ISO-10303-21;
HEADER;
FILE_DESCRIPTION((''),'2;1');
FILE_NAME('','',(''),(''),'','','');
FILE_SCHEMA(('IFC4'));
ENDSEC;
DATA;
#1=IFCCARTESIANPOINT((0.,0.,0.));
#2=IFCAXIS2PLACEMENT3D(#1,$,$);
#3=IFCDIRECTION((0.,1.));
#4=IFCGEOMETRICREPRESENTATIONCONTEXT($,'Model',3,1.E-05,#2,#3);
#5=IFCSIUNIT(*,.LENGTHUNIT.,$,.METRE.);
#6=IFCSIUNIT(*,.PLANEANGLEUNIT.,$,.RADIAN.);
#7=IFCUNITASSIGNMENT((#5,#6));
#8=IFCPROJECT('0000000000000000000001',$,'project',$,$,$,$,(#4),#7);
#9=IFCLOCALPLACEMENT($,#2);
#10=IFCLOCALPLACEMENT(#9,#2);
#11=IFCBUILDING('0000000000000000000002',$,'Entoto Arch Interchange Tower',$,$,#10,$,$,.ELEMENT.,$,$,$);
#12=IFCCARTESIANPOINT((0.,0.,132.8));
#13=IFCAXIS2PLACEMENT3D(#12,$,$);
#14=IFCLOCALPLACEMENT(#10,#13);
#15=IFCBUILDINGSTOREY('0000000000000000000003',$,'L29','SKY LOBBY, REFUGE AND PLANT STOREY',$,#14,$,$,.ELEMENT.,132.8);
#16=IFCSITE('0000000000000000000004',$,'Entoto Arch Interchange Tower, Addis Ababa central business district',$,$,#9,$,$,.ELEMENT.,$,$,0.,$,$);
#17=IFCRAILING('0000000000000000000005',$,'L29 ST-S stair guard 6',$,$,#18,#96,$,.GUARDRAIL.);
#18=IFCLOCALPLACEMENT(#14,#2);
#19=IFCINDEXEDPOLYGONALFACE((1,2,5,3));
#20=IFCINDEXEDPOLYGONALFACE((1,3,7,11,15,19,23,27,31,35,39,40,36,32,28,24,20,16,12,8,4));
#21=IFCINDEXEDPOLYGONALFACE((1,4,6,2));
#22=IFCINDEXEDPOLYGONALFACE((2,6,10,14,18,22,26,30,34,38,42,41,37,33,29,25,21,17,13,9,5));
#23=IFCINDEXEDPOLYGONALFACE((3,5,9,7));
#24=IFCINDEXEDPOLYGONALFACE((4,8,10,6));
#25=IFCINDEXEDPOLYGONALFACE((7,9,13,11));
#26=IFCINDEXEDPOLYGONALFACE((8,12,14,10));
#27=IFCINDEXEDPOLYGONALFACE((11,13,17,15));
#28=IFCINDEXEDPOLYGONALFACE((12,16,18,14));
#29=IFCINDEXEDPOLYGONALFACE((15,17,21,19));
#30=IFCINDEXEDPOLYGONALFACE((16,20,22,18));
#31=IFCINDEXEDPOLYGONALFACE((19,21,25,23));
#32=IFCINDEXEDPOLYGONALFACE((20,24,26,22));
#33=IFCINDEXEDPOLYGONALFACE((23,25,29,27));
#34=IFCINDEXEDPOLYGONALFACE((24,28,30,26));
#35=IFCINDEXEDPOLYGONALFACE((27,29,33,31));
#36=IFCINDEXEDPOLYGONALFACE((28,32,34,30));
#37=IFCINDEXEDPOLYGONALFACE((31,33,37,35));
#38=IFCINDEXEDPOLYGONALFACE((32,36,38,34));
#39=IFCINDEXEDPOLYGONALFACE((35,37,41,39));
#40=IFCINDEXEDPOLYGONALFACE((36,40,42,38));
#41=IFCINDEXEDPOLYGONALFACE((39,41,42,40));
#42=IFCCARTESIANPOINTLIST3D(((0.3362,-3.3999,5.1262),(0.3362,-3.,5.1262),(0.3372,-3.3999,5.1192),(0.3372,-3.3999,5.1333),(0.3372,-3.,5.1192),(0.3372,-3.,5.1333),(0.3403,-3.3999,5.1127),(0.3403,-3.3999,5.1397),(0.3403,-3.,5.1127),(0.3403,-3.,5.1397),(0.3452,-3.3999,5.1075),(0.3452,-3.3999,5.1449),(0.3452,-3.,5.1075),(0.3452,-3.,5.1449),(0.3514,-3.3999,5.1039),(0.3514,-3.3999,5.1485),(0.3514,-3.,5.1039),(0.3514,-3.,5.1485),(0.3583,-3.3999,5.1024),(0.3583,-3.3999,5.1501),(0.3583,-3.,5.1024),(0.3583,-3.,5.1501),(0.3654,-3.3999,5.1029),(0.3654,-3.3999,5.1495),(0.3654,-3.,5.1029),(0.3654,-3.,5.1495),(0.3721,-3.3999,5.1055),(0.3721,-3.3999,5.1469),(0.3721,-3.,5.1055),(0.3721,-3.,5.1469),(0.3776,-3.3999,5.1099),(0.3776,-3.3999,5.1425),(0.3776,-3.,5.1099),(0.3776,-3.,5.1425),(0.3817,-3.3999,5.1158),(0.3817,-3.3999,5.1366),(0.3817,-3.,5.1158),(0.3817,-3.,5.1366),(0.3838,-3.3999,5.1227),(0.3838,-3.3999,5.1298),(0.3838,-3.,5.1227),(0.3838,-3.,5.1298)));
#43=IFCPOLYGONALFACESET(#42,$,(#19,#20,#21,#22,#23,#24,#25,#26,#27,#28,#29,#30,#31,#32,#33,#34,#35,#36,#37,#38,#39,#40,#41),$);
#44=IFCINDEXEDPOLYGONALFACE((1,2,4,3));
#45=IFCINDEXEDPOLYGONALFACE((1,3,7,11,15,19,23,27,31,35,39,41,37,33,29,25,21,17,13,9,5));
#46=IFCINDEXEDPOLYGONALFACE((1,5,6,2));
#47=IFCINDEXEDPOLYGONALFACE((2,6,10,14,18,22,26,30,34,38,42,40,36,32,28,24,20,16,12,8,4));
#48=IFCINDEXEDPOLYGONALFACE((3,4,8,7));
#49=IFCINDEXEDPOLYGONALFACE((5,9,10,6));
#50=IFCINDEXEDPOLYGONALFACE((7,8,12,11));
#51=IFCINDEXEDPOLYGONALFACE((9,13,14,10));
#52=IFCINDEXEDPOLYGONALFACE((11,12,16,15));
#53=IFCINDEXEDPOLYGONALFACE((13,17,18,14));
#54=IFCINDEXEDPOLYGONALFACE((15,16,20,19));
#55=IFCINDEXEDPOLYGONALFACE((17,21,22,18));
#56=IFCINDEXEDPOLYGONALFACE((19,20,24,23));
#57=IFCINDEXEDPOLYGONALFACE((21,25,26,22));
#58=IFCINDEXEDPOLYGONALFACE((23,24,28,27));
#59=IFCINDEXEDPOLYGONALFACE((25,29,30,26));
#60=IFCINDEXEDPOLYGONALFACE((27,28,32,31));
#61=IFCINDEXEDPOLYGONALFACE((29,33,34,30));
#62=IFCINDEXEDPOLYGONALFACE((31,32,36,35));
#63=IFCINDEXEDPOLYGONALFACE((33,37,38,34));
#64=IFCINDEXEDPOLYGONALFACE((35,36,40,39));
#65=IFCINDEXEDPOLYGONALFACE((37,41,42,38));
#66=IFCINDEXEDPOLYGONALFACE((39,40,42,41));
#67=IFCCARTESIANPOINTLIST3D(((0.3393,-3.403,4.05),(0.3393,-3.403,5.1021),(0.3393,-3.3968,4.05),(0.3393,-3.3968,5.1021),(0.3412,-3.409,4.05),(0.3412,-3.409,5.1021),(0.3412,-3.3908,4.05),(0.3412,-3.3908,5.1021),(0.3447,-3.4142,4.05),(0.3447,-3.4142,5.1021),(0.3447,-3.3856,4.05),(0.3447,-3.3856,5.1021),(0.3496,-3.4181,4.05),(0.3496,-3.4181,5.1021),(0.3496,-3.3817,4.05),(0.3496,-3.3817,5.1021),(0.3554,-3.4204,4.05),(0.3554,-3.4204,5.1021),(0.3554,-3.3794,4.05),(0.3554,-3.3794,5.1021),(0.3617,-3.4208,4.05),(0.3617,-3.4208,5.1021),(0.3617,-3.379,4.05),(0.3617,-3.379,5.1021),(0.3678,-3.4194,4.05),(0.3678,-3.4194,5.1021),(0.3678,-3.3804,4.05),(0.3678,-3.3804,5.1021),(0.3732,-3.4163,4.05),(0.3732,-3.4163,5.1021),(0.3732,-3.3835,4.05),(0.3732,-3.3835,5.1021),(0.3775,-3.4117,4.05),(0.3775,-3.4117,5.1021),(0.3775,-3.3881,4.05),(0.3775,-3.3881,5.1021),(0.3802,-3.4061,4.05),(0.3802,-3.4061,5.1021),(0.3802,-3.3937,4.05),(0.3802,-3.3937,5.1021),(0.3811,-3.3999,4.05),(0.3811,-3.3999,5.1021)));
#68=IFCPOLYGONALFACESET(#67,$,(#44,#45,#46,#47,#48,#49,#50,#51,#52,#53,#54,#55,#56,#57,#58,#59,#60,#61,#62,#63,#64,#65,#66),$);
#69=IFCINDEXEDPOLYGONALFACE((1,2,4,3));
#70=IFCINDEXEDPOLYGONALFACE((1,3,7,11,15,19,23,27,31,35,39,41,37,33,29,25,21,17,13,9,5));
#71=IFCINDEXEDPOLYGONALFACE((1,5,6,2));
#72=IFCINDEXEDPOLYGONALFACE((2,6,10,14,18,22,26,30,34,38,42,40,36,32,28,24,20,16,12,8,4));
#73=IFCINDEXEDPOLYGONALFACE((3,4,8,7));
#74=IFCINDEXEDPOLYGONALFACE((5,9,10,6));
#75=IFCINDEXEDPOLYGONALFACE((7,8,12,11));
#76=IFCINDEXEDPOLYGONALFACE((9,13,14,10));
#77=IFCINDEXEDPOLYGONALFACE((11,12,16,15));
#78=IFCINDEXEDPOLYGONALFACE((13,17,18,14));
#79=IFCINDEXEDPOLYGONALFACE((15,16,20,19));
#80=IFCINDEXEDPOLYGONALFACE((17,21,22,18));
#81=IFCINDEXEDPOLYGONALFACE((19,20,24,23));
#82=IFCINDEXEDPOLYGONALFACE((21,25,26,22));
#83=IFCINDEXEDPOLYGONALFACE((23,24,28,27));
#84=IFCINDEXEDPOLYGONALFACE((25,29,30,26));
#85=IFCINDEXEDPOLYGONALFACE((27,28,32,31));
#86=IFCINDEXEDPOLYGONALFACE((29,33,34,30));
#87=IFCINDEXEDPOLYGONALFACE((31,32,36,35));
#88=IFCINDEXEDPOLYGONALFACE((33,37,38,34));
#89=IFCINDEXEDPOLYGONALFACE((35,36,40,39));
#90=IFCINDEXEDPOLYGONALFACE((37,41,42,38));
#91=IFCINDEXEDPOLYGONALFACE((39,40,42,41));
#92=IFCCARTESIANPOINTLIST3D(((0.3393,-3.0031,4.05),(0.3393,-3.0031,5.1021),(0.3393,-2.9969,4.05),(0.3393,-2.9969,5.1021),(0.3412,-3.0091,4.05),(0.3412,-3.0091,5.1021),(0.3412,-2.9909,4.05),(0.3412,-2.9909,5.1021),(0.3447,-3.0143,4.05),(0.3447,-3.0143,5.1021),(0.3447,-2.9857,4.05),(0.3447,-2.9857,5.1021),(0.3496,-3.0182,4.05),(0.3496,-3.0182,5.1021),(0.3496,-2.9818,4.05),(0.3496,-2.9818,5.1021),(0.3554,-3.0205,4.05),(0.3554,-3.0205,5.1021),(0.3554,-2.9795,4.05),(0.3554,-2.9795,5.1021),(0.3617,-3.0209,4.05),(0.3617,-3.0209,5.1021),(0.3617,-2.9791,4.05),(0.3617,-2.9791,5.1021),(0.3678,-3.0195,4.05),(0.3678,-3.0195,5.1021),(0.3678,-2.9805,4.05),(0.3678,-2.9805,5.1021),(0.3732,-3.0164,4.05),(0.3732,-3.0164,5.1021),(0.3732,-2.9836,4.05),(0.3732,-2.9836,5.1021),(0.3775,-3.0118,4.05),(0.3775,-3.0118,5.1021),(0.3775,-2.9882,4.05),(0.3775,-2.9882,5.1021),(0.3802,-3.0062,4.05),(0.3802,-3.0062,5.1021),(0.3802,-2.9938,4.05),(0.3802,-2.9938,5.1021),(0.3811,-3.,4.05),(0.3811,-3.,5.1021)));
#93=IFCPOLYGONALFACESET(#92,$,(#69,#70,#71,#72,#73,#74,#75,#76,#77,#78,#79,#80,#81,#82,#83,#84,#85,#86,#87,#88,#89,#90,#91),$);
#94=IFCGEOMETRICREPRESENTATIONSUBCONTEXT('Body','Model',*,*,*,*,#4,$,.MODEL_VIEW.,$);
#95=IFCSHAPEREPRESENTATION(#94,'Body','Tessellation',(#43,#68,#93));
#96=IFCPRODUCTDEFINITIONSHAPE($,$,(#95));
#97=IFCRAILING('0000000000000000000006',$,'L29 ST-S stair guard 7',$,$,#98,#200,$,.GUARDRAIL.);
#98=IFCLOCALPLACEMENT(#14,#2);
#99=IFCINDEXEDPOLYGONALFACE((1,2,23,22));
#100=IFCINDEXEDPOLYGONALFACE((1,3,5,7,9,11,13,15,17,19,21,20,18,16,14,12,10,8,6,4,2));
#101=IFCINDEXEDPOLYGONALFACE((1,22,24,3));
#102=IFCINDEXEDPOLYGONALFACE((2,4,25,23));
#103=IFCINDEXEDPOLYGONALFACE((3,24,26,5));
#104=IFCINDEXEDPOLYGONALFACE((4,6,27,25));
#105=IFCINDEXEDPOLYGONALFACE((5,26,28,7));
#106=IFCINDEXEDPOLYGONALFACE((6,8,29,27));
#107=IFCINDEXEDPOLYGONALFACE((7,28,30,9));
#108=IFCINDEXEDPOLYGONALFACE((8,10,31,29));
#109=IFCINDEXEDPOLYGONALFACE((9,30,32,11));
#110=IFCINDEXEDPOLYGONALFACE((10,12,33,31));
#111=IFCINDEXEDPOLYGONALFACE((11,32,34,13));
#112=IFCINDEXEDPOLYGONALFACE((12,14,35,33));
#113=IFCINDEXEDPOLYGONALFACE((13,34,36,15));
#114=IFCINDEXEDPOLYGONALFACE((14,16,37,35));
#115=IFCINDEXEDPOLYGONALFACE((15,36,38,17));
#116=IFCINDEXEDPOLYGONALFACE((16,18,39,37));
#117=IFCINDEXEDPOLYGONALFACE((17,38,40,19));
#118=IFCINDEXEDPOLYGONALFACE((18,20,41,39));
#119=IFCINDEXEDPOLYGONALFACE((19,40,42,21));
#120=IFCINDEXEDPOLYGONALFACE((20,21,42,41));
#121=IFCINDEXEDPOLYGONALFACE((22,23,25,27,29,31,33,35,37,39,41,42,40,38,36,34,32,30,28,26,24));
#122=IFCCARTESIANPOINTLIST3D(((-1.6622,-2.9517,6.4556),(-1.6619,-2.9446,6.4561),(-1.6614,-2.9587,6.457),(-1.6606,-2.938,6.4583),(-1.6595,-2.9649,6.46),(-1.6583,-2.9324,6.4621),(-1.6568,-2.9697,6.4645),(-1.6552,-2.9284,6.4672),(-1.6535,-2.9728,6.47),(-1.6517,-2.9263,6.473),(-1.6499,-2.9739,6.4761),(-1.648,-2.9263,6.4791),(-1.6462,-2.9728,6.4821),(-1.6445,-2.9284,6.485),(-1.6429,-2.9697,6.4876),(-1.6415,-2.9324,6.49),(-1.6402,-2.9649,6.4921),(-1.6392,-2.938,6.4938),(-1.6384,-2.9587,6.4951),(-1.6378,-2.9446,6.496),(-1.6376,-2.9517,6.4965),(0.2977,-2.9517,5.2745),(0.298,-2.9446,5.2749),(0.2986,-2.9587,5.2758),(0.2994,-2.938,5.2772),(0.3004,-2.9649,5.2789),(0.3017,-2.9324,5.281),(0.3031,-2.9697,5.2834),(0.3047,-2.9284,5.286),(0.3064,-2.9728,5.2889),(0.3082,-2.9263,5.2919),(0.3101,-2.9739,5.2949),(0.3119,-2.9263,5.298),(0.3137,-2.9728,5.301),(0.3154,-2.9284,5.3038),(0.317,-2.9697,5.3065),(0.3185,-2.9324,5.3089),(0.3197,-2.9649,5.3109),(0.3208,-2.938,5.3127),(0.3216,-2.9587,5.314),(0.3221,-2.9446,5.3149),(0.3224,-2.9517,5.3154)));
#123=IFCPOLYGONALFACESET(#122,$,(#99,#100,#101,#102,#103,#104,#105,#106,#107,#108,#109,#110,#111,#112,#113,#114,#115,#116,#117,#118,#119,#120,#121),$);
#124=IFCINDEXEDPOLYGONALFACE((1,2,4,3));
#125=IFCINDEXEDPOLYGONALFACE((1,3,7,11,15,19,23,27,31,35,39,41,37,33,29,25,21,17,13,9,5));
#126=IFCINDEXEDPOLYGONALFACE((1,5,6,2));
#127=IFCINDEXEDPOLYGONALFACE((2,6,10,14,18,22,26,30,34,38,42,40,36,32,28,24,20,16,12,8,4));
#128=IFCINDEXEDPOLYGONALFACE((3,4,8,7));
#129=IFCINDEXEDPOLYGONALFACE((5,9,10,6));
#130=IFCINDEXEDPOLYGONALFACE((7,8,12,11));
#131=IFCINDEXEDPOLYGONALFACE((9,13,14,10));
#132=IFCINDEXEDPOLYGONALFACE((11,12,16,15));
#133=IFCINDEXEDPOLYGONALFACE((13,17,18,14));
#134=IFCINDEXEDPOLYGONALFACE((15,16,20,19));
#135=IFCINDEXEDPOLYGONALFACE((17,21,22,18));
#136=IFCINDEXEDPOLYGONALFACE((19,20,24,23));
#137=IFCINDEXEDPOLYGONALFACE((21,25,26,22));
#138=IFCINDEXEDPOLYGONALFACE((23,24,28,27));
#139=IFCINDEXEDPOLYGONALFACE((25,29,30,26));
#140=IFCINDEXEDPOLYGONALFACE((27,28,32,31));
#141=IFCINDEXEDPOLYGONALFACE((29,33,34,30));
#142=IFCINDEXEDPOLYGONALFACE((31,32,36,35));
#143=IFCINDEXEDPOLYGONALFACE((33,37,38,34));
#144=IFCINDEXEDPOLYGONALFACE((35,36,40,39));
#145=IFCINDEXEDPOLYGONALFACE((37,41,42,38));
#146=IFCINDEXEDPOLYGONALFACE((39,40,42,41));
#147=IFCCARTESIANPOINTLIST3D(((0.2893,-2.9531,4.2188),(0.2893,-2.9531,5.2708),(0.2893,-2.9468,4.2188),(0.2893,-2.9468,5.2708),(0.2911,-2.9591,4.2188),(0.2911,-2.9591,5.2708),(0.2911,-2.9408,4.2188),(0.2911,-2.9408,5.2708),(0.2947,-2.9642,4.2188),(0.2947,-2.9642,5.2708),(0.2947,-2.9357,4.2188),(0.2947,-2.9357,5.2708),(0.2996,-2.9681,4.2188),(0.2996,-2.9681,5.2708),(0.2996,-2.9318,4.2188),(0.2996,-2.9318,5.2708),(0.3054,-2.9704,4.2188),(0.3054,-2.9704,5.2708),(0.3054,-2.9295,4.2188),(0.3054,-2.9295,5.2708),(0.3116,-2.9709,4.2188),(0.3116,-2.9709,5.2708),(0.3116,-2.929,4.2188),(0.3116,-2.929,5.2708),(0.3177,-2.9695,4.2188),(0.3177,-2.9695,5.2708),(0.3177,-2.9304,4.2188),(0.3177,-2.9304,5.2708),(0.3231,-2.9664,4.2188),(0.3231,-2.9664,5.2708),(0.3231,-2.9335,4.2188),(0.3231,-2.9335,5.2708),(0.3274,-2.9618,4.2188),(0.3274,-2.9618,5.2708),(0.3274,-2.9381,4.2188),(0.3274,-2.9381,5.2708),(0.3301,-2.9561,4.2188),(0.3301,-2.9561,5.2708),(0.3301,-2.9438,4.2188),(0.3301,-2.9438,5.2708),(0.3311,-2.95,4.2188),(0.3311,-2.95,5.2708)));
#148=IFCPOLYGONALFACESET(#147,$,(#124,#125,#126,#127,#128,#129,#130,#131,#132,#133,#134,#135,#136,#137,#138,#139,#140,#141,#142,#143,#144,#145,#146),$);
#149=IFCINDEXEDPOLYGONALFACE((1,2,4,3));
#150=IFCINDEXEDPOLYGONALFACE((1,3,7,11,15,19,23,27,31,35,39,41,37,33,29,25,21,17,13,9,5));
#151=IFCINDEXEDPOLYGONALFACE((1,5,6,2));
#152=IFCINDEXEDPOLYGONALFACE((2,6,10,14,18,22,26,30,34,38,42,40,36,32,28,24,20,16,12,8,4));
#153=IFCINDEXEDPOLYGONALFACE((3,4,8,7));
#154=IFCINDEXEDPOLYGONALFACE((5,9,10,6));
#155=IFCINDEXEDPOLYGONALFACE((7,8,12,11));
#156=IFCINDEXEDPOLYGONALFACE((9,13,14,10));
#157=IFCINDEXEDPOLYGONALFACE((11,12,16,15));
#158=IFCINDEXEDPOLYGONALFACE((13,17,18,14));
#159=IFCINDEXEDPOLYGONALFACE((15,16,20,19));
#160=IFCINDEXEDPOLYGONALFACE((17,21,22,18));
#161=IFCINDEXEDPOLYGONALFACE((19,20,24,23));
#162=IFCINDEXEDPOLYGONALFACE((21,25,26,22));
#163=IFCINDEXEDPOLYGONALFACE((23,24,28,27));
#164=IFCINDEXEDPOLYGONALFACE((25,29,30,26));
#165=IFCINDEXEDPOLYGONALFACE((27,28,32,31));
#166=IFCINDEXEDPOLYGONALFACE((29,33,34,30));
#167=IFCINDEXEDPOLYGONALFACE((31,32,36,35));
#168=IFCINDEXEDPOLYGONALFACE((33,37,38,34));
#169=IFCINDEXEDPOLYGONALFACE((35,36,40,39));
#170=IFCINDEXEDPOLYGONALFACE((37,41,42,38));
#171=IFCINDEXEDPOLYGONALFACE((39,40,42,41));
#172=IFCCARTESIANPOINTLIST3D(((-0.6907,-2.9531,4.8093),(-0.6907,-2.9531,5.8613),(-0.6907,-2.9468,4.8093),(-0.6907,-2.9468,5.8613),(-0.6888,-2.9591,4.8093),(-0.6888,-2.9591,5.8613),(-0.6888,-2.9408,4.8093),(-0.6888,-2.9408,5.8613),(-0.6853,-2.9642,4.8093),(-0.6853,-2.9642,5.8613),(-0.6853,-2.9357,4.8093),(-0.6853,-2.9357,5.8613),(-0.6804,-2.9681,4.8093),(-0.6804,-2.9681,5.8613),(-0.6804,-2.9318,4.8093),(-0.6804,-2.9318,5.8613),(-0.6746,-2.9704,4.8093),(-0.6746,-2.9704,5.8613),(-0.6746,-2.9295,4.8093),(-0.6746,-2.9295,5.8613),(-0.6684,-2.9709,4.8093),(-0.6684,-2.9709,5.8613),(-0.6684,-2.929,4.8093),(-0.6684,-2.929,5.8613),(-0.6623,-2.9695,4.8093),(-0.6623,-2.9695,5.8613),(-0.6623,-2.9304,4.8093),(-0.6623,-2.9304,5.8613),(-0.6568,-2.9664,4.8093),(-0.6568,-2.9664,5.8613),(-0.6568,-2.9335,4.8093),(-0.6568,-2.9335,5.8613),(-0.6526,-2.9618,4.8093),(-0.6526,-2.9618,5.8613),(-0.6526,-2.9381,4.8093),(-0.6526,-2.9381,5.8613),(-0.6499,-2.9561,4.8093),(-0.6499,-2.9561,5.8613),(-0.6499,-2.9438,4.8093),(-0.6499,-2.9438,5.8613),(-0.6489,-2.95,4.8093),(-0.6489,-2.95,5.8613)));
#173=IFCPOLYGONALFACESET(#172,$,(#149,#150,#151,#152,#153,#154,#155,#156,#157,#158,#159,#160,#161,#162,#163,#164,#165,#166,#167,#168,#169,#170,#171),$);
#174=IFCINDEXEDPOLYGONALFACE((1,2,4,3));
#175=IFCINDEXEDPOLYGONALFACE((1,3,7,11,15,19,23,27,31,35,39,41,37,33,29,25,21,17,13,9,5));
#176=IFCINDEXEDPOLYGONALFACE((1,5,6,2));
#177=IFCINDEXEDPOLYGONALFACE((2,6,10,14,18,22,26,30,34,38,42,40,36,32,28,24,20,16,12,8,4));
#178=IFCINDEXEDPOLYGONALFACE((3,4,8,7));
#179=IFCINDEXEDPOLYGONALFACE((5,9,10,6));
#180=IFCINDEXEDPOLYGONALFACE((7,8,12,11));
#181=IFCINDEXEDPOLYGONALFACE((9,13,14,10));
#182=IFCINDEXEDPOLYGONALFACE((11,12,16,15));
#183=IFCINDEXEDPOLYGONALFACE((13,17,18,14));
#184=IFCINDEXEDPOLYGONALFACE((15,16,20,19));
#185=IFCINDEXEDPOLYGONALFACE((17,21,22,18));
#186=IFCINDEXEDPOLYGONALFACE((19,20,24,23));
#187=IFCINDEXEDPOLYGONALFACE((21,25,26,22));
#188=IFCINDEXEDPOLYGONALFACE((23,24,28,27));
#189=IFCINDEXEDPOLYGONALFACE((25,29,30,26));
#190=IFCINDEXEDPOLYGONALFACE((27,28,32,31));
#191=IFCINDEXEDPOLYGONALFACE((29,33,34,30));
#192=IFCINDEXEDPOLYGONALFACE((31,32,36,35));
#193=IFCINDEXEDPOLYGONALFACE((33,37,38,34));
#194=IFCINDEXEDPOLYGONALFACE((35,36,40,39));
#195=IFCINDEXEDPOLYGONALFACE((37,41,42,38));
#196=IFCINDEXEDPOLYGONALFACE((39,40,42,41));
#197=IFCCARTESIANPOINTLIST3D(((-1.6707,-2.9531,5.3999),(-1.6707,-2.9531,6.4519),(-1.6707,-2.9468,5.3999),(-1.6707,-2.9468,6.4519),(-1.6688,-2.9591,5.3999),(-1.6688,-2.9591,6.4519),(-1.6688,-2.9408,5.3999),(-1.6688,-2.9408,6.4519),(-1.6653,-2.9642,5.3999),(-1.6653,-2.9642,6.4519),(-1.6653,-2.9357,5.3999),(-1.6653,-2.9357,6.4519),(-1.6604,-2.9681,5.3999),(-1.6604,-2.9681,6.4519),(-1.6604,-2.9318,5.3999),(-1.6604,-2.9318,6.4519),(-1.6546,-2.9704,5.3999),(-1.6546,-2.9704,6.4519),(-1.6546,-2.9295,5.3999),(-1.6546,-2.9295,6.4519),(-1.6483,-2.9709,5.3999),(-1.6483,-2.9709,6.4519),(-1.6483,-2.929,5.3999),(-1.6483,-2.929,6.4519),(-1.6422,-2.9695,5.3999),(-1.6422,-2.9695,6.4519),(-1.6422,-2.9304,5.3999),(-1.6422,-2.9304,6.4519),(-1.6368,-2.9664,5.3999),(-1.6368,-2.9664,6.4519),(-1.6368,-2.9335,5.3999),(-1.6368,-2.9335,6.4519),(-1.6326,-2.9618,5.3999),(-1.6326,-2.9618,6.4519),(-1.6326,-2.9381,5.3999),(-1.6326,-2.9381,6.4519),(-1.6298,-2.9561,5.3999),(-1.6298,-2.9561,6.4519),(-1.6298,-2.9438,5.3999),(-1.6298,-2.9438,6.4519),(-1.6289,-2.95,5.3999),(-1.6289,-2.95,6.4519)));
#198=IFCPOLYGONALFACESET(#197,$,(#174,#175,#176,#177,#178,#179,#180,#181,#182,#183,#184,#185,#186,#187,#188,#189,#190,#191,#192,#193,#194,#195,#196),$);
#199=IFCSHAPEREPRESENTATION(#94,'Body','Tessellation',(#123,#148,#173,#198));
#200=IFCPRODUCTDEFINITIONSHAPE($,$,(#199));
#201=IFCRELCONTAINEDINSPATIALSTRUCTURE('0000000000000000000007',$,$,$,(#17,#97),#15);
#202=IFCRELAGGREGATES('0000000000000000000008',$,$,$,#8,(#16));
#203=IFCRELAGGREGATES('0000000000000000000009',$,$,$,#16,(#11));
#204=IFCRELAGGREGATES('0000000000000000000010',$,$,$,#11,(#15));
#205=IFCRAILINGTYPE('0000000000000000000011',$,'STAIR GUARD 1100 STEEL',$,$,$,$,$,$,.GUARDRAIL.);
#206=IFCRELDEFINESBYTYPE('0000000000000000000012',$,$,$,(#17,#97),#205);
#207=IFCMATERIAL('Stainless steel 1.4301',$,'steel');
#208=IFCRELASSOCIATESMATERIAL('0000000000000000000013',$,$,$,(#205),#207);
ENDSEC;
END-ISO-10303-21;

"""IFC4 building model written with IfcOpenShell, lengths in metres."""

from ifc_helpers import new_model, si_unit, direction, frame, origin, origin_2d, place, context, subcontext, project, spatial, circle, extrude, material, type_object, element, save


model = new_model("IFC4")

# Units and contexts
model_context = context("Model", 3, precision=1e-05, world=origin(), true_north=direction((0.0, 1.0)))
body_context = subcontext(model_context, "Body", "Model", "MODEL_VIEW")
ifc_project = project(units=[si_unit("LENGTHUNIT", "METRE"), si_unit("PLANEANGLEUNIT", "RADIAN")], contexts=[model_context])

# Site, building, storey
site_placement = place(None, origin())
site = spatial("IfcSite", under=ifc_project, at=site_placement, Name="Entoto Arch Interchange Tower, Addis Ababa central business district", CompositionType="ELEMENT", RefElevation=0.0)
building_placement = place(site_placement, origin())
building = spatial("IfcBuilding", under=site, at=building_placement, Name="Entoto Arch Interchange Tower", CompositionType="ELEMENT")
storey_placement = place(building_placement, frame((0.0, 0.0, 132.8)))
storey = spatial("IfcBuildingStorey", under=building, at=storey_placement, Name="L29", Description="SKY LOBBY, REFUGE AND PLANT STOREY", CompositionType="ELEMENT", Elevation=132.8)

# Railings
ifc_material_1 = material(Name="Stainless steel 1.4301", Category="steel")
railing_type = type_object("IfcRailingType", Name="STAIR GUARD 1100 STEEL", PredefinedType="GUARDRAIL", material=ifc_material_1)
railing_1_placement = place(storey_placement, frame((0.3601, -3.3999, 4.05)))
element("IfcRailing", 1, at=railing_1_placement, inside=storey, type_object=railing_type, Name="L29 ST-S stair guard 6", PredefinedType="GUARDRAIL", context=body_context, shape_type="SweptSolid", body=[
    extrude(circle(Radius=0.0239, at=origin_2d()), frame((0.0, 0.0, 1.0762), z_axis=(0.0, 1.0, 0.0), x_axis=(-1.0, 0.0, 0.0)), (0.0, 0.0, 1.0), 0.3999),
    extrude(circle(Radius=0.021, at=origin_2d()), origin(), (0.0, 0.0, 1.0), 1.052),
    extrude(circle(Radius=0.021, at=origin_2d()), frame((0.0, 0.3999, 0.0)), (0.0, 0.0, 1.0), 1.052),
])
railing_2_placement = place(storey_placement, frame((0.3101, -2.95, 4.2188)))
element("IfcRailing", 2, at=railing_2_placement, inside=storey, type_object=railing_type, Name="L29 ST-S stair guard 7", PredefinedType="GUARDRAIL", context=body_context, shape_type="SweptSolid", body=[
    extrude(circle(Radius=0.0239, at=origin_2d()), frame((0.0, 0.0, 1.0762), z_axis=(-0.856493, 0.0, 0.516158), x_axis=(0.0, -1.0, 0.0)), (0.0, 0.0, 1.0), 2.2883),
    extrude(circle(Radius=0.021, at=origin_2d()), origin(), (0.0, 0.0, 1.0), 1.052),
    extrude(circle(Radius=0.021, at=origin_2d()), frame((-0.98, 0.0, 0.5906)), (0.0, 0.0, 1.0), 1.052),
    extrude(circle(Radius=0.021, at=origin_2d()), frame((-1.96, 0.0, 1.1812)), (0.0, 0.0, 1.0), 1.052),
])

save(model, "model.ifc")
